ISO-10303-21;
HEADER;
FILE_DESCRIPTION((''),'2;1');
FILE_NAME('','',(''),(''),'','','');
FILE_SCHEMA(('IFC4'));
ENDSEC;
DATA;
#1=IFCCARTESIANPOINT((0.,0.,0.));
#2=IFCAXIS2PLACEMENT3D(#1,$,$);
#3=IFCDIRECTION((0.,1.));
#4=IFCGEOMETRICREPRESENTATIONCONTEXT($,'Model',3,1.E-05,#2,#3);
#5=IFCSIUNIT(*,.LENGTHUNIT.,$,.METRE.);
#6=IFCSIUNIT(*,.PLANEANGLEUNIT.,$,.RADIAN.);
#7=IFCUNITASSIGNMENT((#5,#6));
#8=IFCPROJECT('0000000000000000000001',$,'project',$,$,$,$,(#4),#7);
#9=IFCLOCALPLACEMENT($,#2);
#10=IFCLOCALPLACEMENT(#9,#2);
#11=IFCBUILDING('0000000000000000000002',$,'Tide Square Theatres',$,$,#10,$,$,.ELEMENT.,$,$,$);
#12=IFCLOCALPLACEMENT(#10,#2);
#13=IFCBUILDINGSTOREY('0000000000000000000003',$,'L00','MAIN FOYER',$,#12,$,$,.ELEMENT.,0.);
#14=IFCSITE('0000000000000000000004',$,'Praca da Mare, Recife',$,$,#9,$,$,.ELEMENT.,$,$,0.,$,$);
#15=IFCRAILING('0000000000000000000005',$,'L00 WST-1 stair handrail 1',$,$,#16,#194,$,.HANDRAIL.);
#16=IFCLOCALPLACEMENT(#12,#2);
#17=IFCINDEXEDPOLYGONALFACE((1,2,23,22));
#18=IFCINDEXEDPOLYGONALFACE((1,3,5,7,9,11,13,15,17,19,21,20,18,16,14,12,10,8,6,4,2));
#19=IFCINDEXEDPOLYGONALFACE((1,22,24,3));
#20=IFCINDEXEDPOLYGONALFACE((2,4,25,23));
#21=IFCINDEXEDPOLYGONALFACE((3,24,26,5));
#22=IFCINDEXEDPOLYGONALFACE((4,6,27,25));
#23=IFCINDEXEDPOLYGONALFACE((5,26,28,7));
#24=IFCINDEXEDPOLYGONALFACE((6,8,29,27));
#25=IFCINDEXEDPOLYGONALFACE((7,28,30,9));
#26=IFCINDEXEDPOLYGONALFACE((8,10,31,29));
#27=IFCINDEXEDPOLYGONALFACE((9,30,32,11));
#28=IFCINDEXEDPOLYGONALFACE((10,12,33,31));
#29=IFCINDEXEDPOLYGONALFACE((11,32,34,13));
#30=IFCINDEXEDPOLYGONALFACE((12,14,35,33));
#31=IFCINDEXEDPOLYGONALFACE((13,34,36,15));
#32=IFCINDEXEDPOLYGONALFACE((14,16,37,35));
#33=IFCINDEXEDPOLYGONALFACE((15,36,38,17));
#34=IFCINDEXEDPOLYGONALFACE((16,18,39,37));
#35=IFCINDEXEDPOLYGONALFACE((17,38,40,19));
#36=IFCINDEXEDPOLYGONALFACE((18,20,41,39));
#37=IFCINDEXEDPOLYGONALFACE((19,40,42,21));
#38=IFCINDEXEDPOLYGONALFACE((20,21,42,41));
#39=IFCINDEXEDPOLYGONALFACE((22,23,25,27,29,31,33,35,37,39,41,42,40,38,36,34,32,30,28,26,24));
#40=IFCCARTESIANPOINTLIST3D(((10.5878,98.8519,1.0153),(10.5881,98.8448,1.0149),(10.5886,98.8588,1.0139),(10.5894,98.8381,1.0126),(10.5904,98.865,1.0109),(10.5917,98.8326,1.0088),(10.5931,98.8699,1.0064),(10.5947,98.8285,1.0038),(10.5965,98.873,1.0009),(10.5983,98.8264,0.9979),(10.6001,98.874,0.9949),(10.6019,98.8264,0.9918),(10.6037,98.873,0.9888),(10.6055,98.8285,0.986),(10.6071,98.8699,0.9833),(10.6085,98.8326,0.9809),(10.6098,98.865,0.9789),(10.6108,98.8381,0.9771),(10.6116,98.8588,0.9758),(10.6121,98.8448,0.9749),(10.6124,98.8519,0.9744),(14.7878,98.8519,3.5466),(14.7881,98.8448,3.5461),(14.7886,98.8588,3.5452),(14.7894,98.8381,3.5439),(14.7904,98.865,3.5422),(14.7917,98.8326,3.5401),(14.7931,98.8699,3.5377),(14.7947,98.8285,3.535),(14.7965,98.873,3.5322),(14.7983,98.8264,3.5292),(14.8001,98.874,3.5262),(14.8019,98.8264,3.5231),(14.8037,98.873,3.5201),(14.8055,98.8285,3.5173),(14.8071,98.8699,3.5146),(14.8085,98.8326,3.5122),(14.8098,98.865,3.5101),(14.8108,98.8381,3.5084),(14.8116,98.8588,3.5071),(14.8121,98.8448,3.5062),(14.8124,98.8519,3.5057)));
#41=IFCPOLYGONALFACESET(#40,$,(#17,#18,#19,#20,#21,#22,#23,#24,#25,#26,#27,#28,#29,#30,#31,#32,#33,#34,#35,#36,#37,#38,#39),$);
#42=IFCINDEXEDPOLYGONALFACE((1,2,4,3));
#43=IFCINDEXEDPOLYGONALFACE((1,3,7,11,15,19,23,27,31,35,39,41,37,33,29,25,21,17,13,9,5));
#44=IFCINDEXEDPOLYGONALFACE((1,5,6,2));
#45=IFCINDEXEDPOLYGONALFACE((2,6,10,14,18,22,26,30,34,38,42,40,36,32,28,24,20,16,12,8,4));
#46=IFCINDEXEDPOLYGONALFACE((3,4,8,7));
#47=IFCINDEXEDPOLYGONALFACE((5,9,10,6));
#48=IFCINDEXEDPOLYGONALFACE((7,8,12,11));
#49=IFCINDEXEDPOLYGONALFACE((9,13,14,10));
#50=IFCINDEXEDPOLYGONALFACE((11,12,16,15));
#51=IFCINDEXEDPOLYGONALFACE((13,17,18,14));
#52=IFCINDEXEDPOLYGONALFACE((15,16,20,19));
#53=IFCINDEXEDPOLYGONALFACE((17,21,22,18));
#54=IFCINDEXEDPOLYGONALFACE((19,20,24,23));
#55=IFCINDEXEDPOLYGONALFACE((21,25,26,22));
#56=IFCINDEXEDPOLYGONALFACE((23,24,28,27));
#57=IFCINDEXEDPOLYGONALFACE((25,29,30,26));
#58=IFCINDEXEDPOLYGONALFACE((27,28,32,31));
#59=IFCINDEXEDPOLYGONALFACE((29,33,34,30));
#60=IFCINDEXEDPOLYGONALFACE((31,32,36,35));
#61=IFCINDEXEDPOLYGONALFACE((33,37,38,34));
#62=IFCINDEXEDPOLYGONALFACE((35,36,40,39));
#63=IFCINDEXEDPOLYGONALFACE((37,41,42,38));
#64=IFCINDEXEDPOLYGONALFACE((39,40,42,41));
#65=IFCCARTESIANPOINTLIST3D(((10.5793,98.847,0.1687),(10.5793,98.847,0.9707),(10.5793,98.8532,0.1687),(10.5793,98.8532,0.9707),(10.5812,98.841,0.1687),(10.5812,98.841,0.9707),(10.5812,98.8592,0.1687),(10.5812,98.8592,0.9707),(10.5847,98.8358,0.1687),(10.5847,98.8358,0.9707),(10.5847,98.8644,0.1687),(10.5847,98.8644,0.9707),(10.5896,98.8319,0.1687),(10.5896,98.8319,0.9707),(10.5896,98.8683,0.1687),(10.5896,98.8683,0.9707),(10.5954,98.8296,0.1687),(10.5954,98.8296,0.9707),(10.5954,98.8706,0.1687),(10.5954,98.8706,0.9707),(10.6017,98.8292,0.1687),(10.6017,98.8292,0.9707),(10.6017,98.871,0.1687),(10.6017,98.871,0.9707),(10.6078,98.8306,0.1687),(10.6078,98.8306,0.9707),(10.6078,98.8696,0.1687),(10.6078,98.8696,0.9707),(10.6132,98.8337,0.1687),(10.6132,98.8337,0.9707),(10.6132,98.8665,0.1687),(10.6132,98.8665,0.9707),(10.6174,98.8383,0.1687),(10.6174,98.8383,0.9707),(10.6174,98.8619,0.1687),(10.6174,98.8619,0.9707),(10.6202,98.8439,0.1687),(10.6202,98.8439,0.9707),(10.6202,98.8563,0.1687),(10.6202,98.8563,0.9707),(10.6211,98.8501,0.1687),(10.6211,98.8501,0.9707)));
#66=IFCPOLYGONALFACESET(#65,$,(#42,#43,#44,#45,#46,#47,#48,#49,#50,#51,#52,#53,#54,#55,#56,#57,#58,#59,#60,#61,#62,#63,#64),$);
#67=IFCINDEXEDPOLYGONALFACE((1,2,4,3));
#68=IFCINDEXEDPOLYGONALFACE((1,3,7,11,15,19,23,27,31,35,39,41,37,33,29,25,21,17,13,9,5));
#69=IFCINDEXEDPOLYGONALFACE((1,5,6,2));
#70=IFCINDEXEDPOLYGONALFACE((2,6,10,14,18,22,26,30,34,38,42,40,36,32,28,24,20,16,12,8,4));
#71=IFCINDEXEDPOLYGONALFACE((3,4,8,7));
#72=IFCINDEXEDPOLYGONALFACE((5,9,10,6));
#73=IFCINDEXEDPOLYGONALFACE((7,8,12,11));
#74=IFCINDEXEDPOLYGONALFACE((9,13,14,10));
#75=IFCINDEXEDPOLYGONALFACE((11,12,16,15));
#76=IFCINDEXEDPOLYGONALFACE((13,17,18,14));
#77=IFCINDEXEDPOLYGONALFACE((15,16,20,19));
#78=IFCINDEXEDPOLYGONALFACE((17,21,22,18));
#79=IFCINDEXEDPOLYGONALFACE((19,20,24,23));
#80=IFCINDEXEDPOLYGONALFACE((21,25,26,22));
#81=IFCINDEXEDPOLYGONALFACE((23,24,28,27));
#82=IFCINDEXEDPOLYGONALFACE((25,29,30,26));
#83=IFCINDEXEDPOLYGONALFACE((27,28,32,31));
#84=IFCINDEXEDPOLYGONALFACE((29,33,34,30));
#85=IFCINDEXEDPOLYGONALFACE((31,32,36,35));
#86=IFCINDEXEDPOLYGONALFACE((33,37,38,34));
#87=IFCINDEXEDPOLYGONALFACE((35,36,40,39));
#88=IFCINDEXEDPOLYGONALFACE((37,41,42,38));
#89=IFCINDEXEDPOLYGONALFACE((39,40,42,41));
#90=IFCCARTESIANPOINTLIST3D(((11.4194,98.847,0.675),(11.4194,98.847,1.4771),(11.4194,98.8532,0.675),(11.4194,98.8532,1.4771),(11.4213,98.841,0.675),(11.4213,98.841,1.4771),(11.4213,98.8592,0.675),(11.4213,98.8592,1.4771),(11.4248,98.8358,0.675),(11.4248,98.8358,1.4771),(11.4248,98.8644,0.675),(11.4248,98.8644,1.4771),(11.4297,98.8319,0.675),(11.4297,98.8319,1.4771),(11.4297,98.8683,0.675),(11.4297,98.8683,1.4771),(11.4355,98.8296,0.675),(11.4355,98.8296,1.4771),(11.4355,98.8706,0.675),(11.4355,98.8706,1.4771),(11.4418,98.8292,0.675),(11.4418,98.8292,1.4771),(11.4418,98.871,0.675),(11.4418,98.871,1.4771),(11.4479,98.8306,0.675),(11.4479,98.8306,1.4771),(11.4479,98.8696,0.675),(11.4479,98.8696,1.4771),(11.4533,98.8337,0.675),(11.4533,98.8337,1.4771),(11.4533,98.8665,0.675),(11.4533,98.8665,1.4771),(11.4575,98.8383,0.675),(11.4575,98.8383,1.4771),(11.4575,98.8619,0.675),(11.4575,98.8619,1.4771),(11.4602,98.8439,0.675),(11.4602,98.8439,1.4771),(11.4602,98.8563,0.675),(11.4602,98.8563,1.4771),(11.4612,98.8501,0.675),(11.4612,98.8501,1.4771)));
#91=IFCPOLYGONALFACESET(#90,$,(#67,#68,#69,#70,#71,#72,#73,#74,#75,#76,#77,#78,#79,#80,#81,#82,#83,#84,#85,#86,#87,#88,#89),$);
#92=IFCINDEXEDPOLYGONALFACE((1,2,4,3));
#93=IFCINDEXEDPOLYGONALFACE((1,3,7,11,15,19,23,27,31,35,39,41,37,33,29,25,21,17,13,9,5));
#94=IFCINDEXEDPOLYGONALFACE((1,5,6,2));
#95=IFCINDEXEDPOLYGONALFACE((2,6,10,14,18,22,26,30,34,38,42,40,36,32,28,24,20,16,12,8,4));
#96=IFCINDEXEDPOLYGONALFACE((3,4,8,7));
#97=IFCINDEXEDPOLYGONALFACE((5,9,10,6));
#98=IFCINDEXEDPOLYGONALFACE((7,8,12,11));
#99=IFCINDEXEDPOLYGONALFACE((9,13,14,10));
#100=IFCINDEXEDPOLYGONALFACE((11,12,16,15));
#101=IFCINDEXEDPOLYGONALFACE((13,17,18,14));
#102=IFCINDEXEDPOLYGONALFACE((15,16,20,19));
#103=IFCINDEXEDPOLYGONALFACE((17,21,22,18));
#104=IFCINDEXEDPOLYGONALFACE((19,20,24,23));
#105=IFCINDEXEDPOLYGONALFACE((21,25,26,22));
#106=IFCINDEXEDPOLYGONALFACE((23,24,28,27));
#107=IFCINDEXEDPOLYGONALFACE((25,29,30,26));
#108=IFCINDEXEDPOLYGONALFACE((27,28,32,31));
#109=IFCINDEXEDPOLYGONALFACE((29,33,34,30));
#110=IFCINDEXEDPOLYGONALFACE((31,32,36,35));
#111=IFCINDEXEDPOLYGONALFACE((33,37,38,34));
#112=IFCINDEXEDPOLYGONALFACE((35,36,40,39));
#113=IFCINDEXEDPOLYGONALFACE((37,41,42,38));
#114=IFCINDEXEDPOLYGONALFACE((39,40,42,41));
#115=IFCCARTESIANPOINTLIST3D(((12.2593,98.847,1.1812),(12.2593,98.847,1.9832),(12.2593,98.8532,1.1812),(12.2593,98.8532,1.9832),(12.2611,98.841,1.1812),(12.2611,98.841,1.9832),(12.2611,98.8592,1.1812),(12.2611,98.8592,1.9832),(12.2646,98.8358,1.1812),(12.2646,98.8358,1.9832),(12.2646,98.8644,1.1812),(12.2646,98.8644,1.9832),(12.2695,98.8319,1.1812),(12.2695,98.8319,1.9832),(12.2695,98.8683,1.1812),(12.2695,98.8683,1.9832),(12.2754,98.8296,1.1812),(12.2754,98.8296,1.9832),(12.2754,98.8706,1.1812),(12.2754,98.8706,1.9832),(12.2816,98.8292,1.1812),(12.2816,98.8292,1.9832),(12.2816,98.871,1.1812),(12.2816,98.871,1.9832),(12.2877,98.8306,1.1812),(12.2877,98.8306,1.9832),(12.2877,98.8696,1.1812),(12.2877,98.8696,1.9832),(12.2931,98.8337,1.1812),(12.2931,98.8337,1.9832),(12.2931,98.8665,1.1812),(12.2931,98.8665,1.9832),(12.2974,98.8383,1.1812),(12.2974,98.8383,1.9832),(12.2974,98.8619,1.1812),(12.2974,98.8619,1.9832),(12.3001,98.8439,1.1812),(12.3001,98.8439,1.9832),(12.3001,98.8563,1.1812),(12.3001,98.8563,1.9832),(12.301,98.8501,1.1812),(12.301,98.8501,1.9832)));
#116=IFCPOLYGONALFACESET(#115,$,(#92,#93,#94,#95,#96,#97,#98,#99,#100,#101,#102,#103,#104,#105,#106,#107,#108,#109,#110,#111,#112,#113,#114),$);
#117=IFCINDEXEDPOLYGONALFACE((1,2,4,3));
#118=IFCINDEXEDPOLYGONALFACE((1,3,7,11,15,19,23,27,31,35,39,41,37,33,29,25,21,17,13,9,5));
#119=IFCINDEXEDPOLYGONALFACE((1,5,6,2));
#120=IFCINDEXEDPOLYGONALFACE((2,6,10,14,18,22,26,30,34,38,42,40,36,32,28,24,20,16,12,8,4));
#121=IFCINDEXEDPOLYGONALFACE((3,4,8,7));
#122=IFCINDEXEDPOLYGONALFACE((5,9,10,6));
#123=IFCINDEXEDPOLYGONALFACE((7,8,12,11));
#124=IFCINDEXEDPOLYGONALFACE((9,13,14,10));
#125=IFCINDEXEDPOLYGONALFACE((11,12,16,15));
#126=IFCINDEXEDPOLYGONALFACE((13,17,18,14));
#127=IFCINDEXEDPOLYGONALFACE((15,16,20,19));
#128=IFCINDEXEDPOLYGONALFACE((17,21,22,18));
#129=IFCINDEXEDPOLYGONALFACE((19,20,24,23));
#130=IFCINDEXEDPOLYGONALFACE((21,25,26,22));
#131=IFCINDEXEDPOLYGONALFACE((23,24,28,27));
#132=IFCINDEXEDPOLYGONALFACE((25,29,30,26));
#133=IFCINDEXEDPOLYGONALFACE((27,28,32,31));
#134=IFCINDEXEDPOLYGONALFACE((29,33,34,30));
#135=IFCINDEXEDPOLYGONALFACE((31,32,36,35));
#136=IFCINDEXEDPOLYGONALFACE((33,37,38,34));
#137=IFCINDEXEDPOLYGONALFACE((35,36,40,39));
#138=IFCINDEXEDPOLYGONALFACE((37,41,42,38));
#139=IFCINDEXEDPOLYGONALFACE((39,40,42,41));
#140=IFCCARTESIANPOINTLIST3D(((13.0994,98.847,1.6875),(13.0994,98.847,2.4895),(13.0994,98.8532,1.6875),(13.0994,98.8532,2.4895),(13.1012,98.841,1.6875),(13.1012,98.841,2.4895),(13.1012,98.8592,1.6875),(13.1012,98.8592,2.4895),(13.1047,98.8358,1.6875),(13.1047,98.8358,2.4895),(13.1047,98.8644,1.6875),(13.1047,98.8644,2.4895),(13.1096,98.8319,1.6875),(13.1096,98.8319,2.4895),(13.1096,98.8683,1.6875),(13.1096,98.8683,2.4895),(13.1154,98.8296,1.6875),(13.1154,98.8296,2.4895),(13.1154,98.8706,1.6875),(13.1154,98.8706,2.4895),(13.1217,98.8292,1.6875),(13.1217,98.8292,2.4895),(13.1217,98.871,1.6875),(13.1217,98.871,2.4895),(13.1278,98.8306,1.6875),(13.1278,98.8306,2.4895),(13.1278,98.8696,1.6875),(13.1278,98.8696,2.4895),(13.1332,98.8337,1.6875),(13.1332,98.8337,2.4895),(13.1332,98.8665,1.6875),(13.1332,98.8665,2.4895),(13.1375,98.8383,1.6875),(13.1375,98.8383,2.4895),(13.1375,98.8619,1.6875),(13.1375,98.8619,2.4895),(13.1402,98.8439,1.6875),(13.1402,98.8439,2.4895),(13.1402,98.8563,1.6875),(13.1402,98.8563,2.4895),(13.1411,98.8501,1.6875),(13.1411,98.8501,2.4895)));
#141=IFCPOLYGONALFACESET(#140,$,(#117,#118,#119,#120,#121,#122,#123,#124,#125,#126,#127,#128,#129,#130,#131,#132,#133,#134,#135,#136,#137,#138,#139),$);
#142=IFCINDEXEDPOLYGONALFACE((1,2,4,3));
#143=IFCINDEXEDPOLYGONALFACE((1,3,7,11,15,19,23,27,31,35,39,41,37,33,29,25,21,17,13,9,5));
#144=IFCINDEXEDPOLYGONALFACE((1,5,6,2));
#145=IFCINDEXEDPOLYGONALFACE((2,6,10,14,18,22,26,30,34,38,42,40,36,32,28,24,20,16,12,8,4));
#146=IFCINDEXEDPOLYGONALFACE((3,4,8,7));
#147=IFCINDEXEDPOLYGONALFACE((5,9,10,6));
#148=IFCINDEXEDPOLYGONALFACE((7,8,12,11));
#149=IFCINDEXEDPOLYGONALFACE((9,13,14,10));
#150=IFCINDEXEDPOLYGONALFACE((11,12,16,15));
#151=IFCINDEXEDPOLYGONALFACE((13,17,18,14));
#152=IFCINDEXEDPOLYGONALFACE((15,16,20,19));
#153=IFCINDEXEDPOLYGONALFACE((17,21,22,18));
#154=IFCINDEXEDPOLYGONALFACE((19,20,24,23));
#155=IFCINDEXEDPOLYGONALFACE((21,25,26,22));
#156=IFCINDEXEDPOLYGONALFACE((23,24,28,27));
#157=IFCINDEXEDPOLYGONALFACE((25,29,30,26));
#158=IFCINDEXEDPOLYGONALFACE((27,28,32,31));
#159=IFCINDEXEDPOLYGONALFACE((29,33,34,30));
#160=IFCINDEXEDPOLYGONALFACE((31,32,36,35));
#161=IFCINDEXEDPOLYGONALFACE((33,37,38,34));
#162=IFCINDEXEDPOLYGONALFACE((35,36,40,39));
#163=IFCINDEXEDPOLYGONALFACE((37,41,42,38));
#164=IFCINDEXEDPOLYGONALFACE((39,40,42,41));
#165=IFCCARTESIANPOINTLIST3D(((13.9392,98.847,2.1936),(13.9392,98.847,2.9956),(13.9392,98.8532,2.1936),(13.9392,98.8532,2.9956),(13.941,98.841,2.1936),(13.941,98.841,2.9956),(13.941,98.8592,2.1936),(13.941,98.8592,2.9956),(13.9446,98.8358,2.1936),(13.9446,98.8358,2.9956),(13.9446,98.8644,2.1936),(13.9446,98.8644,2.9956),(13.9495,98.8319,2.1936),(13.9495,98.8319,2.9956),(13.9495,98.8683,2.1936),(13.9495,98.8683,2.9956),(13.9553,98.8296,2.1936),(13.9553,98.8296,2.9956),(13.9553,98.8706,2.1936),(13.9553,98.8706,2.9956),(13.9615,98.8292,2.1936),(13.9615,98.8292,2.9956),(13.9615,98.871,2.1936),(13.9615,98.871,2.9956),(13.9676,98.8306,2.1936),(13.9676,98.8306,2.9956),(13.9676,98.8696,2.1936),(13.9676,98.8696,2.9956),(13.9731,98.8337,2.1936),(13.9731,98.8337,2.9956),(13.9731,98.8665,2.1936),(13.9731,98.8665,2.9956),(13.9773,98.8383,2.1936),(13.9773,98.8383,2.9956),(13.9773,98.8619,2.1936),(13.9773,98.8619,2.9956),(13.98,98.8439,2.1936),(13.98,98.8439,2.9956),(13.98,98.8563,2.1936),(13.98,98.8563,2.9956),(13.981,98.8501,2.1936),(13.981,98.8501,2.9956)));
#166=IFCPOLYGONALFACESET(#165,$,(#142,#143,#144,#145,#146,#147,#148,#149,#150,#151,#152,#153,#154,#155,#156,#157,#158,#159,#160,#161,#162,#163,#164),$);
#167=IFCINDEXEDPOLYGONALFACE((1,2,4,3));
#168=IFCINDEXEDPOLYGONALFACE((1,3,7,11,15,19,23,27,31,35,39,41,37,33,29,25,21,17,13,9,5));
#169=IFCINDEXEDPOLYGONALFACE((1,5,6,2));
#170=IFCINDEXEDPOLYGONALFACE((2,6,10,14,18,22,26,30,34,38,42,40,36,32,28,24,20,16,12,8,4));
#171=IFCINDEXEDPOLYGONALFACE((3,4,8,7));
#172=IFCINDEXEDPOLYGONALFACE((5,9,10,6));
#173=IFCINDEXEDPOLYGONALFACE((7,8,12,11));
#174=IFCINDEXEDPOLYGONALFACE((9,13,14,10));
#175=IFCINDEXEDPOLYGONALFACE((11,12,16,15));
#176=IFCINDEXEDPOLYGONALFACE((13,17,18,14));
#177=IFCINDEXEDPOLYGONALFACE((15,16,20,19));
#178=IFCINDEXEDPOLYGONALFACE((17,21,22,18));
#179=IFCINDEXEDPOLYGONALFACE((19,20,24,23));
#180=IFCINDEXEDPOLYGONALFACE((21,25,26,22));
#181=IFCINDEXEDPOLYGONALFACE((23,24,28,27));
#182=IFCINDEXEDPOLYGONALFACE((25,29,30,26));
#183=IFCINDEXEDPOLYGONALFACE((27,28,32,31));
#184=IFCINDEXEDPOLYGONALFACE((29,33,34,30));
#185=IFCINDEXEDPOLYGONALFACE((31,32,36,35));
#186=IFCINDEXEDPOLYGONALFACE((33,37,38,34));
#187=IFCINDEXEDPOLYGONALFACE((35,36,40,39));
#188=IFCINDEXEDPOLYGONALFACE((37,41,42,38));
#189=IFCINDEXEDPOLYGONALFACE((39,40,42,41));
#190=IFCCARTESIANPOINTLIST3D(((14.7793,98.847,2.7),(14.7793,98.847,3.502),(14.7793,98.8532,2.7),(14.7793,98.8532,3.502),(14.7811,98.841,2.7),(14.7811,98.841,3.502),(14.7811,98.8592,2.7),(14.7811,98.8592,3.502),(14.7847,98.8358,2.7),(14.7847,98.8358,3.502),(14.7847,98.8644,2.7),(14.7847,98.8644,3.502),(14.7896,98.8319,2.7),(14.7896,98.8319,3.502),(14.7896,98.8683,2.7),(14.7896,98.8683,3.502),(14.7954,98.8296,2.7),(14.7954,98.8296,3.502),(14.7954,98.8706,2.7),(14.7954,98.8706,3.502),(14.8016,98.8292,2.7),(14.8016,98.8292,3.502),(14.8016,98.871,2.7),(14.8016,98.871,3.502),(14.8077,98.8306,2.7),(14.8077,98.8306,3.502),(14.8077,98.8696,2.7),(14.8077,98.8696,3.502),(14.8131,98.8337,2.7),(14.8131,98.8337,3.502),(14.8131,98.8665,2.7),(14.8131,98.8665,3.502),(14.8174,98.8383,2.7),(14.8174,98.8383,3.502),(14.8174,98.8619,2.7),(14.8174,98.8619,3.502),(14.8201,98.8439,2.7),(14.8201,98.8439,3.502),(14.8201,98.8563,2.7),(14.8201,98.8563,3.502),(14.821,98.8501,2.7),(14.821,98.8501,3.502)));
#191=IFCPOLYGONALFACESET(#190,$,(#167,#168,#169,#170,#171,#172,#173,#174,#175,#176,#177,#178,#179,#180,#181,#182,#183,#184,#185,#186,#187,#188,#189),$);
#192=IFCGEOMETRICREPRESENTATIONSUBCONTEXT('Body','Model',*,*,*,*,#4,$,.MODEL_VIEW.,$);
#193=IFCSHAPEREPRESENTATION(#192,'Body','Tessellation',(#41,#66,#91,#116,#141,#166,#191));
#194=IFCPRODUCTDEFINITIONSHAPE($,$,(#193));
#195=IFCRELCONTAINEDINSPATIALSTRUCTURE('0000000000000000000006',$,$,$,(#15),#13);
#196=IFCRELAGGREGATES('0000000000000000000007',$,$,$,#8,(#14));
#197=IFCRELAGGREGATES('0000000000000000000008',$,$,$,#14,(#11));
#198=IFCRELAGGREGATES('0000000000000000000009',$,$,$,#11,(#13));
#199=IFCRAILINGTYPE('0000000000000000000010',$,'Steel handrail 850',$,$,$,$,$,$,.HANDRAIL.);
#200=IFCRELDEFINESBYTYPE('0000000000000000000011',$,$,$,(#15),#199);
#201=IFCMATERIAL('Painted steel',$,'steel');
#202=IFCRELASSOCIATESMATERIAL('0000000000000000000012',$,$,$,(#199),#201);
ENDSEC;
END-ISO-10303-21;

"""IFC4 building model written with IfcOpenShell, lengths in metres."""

from ifc_helpers import new_model, si_unit, direction, frame, origin, origin_2d, place, context, subcontext, project, spatial, circle, extrude, material, type_object, element, save


model = new_model("IFC4")

# Units and contexts
model_context = context("Model", 3, precision=1e-05, world=origin(), true_north=direction((0.0, 1.0)))
body_context = subcontext(model_context, "Body", "Model", "MODEL_VIEW")
ifc_project = project(units=[si_unit("LENGTHUNIT", "METRE"), si_unit("PLANEANGLEUNIT", "RADIAN")], contexts=[model_context])

# Site, building, storey
site_placement = place(None, origin())
site = spatial("IfcSite", under=ifc_project, at=site_placement, Name="Praca da Mare, Recife", CompositionType="ELEMENT", RefElevation=0.0)
building_placement = place(site_placement, origin())
building = spatial("IfcBuilding", under=site, at=building_placement, Name="Tide Square Theatres", CompositionType="ELEMENT")
storey_placement = place(building_placement, origin())
storey = spatial("IfcBuildingStorey", under=building, at=storey_placement, Name="L00", Description="MAIN FOYER", CompositionType="ELEMENT", Elevation=0.0)

# Railing
ifc_material_1 = material(Name="Painted steel", Category="steel")
railing_type_1 = type_object("IfcRailingType", Name="Steel handrail 850", PredefinedType="HANDRAIL", material=ifc_material_1)
for number, where, name in (
    (1, (10.6001, 98.8501, 0.1687), "L00 WST-1 stair handrail 1"),
):
    element("IfcRailing", number, at=place(storey_placement, frame(where)), inside=storey, type_object=railing_type_1, Name=name, PredefinedType="HANDRAIL", context=body_context, shape_type="SweptSolid", body=[
        extrude(circle(Radius=0.0239, at=origin_2d()), frame((0.0, 0.0, 0.8262), z_axis=(0.856476, 0.0, 0.516186), x_axis=(0.0, 1.0, 0.0)), (0.0, 0.0, 1.0), 4.9038),
        extrude(circle(Radius=0.021, at=origin_2d()), origin(), (0.0, 0.0, 1.0), 0.802),
        extrude(circle(Radius=0.021, at=origin_2d()), frame((0.8401, 0.0, 0.5063)), (0.0, 0.0, 1.0), 0.802),
        extrude(circle(Radius=0.021, at=origin_2d()), frame((1.6799, 0.0, 1.0125)), (0.0, 0.0, 1.0), 0.802),
        extrude(circle(Radius=0.021, at=origin_2d()), frame((2.52, 0.0, 1.5188)), (0.0, 0.0, 1.0), 0.802),
        extrude(circle(Radius=0.021, at=origin_2d()), frame((3.3599, 0.0, 2.0249)), (0.0, 0.0, 1.0), 0.802),
        extrude(circle(Radius=0.021, at=origin_2d()), frame((4.2, 0.0, 2.5312)), (0.0, 0.0, 1.0), 0.802),
    ])

save(model, "model.ifc")
